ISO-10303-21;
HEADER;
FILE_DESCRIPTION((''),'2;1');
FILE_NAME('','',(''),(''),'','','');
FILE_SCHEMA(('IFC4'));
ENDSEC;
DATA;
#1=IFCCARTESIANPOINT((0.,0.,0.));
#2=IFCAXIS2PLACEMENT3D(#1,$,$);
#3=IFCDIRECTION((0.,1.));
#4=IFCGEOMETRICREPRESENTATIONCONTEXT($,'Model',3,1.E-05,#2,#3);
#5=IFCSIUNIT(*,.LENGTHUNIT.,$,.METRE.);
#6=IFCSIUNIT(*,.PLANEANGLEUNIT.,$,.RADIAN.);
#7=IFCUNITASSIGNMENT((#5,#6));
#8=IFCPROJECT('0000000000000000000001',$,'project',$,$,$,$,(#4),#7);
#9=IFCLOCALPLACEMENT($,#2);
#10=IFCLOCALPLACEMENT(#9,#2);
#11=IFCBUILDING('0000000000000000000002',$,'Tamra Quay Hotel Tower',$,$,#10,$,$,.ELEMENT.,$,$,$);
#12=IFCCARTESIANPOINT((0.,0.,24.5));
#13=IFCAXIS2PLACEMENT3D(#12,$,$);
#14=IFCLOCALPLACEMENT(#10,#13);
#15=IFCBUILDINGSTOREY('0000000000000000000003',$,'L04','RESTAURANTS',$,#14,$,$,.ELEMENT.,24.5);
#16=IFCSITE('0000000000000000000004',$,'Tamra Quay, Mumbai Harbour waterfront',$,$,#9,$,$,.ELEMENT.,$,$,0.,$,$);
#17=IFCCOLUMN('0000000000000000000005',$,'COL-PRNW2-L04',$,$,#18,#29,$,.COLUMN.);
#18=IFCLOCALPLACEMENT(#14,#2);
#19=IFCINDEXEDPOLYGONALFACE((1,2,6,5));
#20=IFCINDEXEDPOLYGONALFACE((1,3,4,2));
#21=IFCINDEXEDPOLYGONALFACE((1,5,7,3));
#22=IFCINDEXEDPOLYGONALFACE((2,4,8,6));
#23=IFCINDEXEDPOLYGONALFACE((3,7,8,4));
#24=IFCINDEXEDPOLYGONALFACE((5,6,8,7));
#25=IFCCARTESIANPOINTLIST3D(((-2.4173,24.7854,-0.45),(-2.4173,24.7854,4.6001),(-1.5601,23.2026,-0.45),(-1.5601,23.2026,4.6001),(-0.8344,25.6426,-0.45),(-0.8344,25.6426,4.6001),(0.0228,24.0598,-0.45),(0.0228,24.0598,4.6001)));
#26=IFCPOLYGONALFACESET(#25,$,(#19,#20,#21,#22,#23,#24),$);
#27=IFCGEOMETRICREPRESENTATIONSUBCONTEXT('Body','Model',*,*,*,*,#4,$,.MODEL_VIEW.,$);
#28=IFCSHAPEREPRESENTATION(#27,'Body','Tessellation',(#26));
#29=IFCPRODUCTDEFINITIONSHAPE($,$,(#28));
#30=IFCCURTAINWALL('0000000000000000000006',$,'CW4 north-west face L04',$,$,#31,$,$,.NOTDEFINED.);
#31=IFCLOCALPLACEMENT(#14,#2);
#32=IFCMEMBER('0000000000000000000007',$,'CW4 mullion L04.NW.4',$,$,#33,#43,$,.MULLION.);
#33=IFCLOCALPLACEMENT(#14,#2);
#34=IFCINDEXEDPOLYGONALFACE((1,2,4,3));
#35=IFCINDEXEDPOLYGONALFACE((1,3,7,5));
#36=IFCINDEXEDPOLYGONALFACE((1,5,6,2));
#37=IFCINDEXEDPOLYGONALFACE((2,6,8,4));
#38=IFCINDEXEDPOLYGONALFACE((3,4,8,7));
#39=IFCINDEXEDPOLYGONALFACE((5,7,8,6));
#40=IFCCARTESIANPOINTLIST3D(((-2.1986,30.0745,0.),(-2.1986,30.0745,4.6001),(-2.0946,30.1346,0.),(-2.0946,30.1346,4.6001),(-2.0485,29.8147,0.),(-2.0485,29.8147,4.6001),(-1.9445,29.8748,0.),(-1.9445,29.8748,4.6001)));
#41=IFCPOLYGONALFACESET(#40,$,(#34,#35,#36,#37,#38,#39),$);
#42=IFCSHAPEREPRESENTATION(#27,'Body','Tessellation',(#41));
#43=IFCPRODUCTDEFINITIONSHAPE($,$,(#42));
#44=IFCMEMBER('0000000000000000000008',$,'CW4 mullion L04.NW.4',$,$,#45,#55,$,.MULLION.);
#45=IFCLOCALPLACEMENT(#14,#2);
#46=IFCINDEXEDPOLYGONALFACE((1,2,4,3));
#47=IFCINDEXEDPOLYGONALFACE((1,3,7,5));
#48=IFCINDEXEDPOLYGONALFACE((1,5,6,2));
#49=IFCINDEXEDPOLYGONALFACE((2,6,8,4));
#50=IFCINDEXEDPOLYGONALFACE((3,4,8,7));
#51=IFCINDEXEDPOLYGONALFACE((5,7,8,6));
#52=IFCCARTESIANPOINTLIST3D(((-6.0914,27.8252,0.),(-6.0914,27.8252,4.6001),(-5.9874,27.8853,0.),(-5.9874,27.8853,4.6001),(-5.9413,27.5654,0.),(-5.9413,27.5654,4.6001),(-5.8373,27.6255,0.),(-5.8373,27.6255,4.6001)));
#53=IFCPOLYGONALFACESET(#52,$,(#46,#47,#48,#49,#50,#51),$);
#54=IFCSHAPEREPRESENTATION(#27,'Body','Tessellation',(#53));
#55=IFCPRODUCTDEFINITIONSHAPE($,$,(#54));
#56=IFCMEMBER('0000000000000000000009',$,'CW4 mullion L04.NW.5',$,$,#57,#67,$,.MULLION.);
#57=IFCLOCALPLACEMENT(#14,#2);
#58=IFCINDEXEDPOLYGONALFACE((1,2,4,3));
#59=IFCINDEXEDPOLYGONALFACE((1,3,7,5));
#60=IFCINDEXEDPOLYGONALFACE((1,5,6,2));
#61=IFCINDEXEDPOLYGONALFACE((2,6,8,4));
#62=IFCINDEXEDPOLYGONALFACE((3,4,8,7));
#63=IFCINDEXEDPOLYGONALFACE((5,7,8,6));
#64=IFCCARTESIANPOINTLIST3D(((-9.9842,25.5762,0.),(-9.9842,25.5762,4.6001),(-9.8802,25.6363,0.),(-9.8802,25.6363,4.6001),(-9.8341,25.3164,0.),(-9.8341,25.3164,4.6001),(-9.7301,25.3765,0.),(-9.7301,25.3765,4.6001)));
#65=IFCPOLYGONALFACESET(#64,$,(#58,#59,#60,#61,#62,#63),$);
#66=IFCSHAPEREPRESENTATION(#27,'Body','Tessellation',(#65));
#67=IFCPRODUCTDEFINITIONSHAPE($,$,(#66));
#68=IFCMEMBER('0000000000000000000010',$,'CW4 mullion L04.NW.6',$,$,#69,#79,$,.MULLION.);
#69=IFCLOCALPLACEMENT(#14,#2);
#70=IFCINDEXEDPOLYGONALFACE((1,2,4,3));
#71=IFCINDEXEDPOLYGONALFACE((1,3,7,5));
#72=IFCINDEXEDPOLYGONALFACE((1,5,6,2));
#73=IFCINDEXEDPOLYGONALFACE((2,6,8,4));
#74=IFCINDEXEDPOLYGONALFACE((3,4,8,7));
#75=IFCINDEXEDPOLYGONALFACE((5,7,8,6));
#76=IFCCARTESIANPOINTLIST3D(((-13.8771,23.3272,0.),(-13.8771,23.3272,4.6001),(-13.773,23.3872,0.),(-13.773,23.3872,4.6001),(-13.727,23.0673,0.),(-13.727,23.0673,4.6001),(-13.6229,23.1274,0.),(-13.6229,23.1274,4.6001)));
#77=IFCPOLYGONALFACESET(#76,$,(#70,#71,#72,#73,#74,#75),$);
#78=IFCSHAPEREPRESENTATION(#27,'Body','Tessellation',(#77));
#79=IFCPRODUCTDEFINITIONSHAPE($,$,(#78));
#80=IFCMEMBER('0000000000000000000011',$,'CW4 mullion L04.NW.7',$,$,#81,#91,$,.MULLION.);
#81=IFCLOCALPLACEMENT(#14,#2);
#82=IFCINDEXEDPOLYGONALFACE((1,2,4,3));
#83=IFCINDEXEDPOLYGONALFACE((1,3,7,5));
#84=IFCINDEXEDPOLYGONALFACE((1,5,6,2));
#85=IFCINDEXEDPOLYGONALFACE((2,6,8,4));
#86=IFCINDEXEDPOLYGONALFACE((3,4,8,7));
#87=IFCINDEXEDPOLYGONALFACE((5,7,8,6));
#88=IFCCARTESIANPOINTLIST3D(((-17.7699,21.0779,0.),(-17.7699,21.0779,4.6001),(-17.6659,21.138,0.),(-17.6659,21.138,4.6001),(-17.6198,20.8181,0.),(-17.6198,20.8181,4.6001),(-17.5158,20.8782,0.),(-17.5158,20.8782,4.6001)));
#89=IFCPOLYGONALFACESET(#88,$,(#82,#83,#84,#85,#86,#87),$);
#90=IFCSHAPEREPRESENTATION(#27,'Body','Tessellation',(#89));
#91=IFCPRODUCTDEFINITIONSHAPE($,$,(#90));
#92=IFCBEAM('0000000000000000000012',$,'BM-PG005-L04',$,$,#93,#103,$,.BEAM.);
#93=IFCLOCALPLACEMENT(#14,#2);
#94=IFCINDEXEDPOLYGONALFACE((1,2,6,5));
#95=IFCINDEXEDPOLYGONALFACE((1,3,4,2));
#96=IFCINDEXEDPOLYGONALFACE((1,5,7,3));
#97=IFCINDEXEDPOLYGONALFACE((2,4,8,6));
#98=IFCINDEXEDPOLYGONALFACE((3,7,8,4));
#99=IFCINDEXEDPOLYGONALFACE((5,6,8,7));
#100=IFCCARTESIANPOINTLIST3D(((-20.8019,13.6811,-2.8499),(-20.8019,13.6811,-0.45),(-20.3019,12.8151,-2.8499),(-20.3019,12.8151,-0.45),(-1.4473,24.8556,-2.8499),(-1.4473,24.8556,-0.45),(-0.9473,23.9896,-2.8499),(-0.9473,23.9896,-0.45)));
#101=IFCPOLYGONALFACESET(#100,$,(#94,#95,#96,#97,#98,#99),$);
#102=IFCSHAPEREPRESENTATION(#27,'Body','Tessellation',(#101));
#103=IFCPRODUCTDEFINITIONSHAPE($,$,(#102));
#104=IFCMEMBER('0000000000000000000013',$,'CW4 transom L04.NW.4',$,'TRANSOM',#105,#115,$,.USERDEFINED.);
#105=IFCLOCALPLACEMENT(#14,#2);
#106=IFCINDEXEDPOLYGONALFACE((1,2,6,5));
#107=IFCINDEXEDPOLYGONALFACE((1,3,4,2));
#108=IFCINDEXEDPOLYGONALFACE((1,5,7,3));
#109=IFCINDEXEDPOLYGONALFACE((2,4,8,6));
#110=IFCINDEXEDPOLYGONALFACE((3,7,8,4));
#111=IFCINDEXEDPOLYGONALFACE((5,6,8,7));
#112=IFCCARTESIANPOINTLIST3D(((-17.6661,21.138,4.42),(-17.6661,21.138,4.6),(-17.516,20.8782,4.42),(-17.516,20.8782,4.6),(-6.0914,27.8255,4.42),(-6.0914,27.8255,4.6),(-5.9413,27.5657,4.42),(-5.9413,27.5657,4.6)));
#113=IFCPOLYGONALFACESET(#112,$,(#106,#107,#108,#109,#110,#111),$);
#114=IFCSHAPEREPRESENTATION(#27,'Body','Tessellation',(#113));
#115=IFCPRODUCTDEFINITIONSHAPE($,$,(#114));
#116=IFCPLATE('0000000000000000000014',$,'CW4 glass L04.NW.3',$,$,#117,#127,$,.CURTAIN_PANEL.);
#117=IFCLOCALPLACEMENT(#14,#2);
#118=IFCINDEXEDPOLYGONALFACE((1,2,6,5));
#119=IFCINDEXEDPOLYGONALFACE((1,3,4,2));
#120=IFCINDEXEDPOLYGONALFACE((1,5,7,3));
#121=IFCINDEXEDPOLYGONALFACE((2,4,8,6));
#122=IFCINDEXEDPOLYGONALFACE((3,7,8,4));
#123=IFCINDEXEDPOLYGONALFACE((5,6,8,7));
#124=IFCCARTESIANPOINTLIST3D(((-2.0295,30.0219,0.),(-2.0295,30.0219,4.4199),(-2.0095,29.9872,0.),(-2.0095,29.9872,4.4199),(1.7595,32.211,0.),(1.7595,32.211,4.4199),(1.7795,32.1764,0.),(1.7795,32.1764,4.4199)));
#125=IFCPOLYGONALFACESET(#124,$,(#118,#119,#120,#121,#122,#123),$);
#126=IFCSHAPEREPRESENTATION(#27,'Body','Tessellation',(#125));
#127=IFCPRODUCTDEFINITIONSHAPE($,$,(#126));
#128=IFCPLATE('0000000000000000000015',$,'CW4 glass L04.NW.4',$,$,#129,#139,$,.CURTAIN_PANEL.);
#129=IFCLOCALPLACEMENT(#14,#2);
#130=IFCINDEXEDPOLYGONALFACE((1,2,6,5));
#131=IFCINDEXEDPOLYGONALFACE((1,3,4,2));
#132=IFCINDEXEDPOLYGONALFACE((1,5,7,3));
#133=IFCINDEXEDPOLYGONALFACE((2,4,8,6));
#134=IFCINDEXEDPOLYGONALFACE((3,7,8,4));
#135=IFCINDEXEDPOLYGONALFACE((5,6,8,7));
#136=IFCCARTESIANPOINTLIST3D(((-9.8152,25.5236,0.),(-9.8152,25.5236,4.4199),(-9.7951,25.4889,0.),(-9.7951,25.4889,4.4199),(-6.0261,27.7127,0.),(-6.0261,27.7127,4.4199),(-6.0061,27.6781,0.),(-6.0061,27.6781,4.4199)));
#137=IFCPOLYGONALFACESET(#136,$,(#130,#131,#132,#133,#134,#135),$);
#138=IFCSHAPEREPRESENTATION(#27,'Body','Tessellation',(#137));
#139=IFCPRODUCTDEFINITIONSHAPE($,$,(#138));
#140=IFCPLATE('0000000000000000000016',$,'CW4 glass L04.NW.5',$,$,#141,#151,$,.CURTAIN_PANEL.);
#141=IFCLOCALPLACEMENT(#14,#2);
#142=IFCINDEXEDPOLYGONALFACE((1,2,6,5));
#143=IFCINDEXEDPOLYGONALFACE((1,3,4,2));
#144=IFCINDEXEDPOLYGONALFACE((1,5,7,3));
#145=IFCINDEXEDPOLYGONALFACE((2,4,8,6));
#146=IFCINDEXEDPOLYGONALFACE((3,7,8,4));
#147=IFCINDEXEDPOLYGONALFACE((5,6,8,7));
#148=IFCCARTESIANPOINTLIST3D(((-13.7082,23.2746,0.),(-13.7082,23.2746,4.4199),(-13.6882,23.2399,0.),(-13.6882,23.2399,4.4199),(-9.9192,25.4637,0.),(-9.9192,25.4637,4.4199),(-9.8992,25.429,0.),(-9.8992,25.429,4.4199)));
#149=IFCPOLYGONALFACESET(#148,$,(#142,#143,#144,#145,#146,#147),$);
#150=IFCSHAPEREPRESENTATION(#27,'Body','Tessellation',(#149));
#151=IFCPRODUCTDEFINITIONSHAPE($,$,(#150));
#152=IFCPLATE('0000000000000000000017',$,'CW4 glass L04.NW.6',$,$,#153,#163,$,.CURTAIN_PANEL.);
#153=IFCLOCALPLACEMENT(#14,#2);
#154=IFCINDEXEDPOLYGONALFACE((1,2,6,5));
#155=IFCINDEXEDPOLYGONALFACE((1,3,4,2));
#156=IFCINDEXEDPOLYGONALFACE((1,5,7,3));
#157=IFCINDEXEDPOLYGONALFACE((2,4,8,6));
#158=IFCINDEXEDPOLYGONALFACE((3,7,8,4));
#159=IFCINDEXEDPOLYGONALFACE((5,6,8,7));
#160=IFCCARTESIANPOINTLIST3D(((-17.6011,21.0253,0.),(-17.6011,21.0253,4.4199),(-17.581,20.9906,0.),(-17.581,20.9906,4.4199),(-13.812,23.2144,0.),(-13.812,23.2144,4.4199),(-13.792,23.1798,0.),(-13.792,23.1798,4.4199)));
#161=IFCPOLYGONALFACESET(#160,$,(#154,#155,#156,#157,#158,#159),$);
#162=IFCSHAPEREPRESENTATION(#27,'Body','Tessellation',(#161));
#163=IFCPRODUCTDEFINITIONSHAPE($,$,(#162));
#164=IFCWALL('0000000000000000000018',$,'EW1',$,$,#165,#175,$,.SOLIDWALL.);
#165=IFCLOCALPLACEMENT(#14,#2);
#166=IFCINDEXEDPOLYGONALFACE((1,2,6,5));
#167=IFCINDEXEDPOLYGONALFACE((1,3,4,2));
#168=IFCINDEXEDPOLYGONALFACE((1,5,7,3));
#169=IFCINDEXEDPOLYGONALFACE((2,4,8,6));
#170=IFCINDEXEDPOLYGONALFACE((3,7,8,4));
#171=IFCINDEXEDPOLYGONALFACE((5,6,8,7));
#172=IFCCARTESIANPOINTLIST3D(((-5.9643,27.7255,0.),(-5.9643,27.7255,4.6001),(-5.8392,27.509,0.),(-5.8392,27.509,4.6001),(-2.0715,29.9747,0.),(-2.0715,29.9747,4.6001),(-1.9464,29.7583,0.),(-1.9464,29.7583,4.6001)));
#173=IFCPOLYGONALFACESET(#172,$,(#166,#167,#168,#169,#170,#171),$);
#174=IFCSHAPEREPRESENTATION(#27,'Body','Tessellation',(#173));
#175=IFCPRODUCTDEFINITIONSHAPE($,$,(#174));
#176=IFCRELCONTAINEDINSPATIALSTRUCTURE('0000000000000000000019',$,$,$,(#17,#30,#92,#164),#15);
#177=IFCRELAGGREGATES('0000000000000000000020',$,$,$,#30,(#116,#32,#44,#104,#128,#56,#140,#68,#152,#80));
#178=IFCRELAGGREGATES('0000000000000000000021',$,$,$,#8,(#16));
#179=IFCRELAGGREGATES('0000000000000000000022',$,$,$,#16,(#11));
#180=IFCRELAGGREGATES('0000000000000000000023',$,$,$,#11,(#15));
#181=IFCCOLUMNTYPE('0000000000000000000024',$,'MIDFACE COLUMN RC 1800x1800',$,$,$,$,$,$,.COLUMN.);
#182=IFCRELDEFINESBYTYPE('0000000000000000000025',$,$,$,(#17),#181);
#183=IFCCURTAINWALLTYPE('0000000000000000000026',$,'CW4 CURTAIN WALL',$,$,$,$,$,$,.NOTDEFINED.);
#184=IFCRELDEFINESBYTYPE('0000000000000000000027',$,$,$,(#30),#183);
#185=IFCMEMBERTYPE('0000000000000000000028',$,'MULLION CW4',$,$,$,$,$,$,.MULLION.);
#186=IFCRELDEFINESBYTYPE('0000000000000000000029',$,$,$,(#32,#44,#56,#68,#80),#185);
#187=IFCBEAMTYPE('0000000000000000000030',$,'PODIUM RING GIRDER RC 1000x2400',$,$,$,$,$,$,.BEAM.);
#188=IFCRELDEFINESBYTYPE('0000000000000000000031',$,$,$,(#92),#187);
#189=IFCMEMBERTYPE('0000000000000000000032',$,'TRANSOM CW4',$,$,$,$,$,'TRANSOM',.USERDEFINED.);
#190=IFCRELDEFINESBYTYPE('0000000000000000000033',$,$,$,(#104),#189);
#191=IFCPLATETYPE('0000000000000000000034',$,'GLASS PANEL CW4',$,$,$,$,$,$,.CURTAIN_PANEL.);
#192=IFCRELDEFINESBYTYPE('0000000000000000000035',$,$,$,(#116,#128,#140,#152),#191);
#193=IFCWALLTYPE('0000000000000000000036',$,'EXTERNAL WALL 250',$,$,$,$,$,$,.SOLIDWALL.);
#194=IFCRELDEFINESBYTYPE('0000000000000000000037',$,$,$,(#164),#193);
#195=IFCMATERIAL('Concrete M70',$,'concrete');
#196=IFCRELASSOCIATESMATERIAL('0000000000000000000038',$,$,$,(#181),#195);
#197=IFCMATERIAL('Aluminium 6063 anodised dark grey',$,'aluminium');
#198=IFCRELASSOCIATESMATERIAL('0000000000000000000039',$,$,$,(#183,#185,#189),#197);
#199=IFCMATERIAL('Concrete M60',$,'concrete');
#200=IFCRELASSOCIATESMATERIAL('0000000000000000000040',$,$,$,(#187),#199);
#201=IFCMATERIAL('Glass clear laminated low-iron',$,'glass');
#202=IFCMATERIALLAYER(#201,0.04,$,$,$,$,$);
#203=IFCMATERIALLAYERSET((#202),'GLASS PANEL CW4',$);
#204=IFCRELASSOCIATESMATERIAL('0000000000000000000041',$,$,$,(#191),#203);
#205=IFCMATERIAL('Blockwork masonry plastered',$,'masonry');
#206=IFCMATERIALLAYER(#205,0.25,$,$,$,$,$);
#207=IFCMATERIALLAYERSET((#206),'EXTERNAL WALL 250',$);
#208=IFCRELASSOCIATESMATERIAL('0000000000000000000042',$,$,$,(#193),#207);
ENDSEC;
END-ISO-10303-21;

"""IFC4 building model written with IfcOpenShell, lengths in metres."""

from ifc_helpers import new_model, si_unit, direction, frame, frame_2d, origin, origin_2d, place, context, subcontext, project, spatial, rectangle, extrude, material, layer, layer_set, material_profile, profile_set, type_object, element, aggregate, save


model = new_model("IFC4")

# Units and contexts
model_context = context("Model", 3, precision=1e-05, world=origin(), true_north=direction((0.0, 1.0)))
body_context = subcontext(model_context, "Body", "Model", "MODEL_VIEW")
ifc_project = project(units=[si_unit("LENGTHUNIT", "METRE"), si_unit("PLANEANGLEUNIT", "RADIAN")], contexts=[model_context])

# Site, building, storey
site_placement = place(None, origin())
site = spatial("IfcSite", under=ifc_project, at=site_placement, Name="Tamra Quay, Mumbai Harbour waterfront", CompositionType="ELEMENT", RefElevation=0.0)
building_placement = place(site_placement, origin())
building = spatial("IfcBuilding", under=site, at=building_placement, Name="Tamra Quay Hotel Tower", CompositionType="ELEMENT")
storey_placement = place(building_placement, frame((0.0, 0.0, 24.5)))
storey = spatial("IfcBuildingStorey", under=building, at=storey_placement, Name="L04", Description="RESTAURANTS", CompositionType="ELEMENT", Elevation=24.5)

# Column
ifc_material_1 = material(Name="Concrete M70", Category="concrete")
ifc_material_profile_1 = material_profile(ifc_material_1, rectangle(XDim=1.8, YDim=1.8, at=origin_2d()), Name="MIDFACE COLUMN RC 1800x1800")
ifc_profile_set_1 = profile_set([ifc_material_profile_1], Name="Concrete M70")
column_type = type_object("IfcColumnType", Name="MIDFACE COLUMN RC 1800x1800", PredefinedType="COLUMN", material=ifc_profile_set_1)
column_placement = place(storey_placement, frame((-1.1973, 24.4226, -0.45), z_axis=(0.0, 0.0, 1.0), x_axis=(-0.476198, 0.879338, 0.0)))
element("IfcColumn", 1, at=column_placement, inside=storey, type_object=column_type, Name="COL-PRNW2-L04", PredefinedType="COLUMN", context=body_context, shape_type="SweptSolid", body=[
    extrude(rectangle(XDim=1.8, YDim=1.8, at=origin_2d()), origin(), (0.0, 0.0, 1.0), 5.05),
])

# Curtain wall, members
ifc_material_2 = material(Name="Aluminium 6063 anodised dark grey", Category="aluminium")
curtain_wall_type = type_object("IfcCurtainWallType", Name="CW4 CURTAIN WALL", PredefinedType="NOTDEFINED", material=ifc_material_2)
curtain_wall_placement = place(storey_placement, origin())
curtain_wall = element("IfcCurtainWall", 2, at=curtain_wall_placement, inside=storey, type_object=curtain_wall_type, Name="CW4 north-west face L04", PredefinedType="NOTDEFINED")
ifc_material_profile_2 = material_profile(ifc_material_2, rectangle(XDim=0.3, YDim=0.1201, at=origin_2d()), Name="MULLION 120X300")
ifc_profile_set_2 = profile_set([ifc_material_profile_2], Name="Aluminium 6063 anodised dark grey")
member_type_1 = type_object("IfcMemberType", Name="MULLION CW4", PredefinedType="MULLION", material=ifc_profile_set_2)
member_1_placement = place(storey_placement, frame((-2.0715, 29.9746, 0.0), z_axis=(0.0, 0.0, 1.0), x_axis=(-0.500265, 0.865872, 0.0)))
member_1 = element("IfcMember", 3, at=member_1_placement, type_object=member_type_1, Name="CW4 mullion L04.NW.4", PredefinedType="MULLION", context=body_context, shape_type="SweptSolid", body=[
    extrude(rectangle(XDim=0.3, YDim=0.1201, at=origin_2d()), origin(), (0.0, 0.0, 1.0), 4.6001),
])
member_2_placement = place(storey_placement, frame((-5.9644, 27.7253, 0.0), z_axis=(0.0, 0.0, 1.0), x_axis=(-0.500265, 0.865872, 0.0)))
member_2 = element("IfcMember", 4, at=member_2_placement, type_object=member_type_1, Name="CW4 mullion L04.NW.4", PredefinedType="MULLION", context=body_context, shape_type="SweptSolid", body=[
    extrude(rectangle(XDim=0.3, YDim=0.1201, at=origin_2d()), origin(), (0.0, 0.0, 1.0), 4.6001),
])
member_3_placement = place(storey_placement, frame((-9.8572, 25.4763, 0.0), z_axis=(0.0, 0.0, 1.0), x_axis=(-0.500265, 0.865872, 0.0)))
member_3 = element("IfcMember", 5, at=member_3_placement, type_object=member_type_1, Name="CW4 mullion L04.NW.5", PredefinedType="MULLION", context=body_context, shape_type="SweptSolid", body=[
    extrude(rectangle(XDim=0.3, YDim=0.1201, at=origin_2d()), origin(), (0.0, 0.0, 1.0), 4.6001),
])
member_4_placement = place(storey_placement, frame((-13.75, 23.2273, 0.0), z_axis=(0.0, 0.0, 1.0), x_axis=(-0.500265, 0.865872, 0.0)))
member_4 = element("IfcMember", 6, at=member_4_placement, type_object=member_type_1, Name="CW4 mullion L04.NW.6", PredefinedType="MULLION", context=body_context, shape_type="SweptSolid", body=[
    extrude(rectangle(XDim=0.3, YDim=0.1201, at=origin_2d()), origin(), (0.0, 0.0, 1.0), 4.6001),
])
member_5_placement = place(storey_placement, frame((-17.6428, 20.978, 0.0), z_axis=(0.0, 0.0, 1.0), x_axis=(-0.500265, 0.865872, 0.0)))
member_5 = element("IfcMember", 7, at=member_5_placement, type_object=member_type_1, Name="CW4 mullion L04.NW.7", PredefinedType="MULLION", context=body_context, shape_type="SweptSolid", body=[
    extrude(rectangle(XDim=0.3, YDim=0.1201, at=origin_2d()), origin(), (0.0, 0.0, 1.0), 4.6001),
])

# Beam
ifc_material_3 = material(Name="Concrete M60", Category="concrete")
ifc_material_profile_3 = material_profile(ifc_material_3, rectangle(XDim=1.0, YDim=2.3999, at=origin_2d()), Name="PODIUM RING GIRDER RC 1000x2400")
ifc_profile_set_3 = profile_set([ifc_material_profile_3], Name="Concrete M60")
beam_type = type_object("IfcBeamType", Name="PODIUM RING GIRDER RC 1000x2400", PredefinedType="BEAM", material=ifc_profile_set_3)
beam_placement = place(storey_placement, frame((-1.1973, 24.4226, -1.6499), z_axis=(-0.866023, -0.500003, 0.0), x_axis=(0.500003, -0.866023, 0.0)))
element("IfcBeam", 8, at=beam_placement, inside=storey, type_object=beam_type, Name="BM-PG005-L04", PredefinedType="BEAM", context=body_context, shape_type="SweptSolid", body=[
    extrude(rectangle(XDim=1.0, YDim=2.3999, at=origin_2d()), origin(), (0.0, 0.0, 1.0), 22.3489),
])

# Member
ifc_material_profile_4 = material_profile(ifc_material_2, rectangle(XDim=0.3, YDim=0.1799, at=origin_2d()), Name="TRANSOM 300X180")
ifc_profile_set_4 = profile_set([ifc_material_profile_4], Name="Aluminium 6063 anodised dark grey")
member_type_2 = type_object("IfcMemberType", Name="TRANSOM CW4", ElementType="TRANSOM", PredefinedType="USERDEFINED", material=ifc_profile_set_4)
member_6_placement = place(storey_placement, frame((-6.0164, 27.6956, 4.51), z_axis=(-0.865869, -0.500272, 0.0), x_axis=(0.500272, -0.865869, 0.0)))
member_6 = element("IfcMember", 9, at=member_6_placement, type_object=member_type_2, Name="CW4 transom L04.NW.4", ObjectType="TRANSOM", PredefinedType="USERDEFINED", context=body_context, shape_type="SweptSolid", body=[
    extrude(rectangle(XDim=0.3, YDim=0.1799, at=origin_2d()), origin(), (0.0, 0.0, 1.0), 13.3677),
])

# Plates
ifc_material_4 = material(Name="Glass clear laminated low-iron", Category="glass")
ifc_layer_1 = layer(ifc_material_4, 0.04)
ifc_layer_set_1 = layer_set([ifc_layer_1], Name="GLASS PANEL CW4")
plate_type = type_object("IfcPlateType", Name="GLASS PANEL CW4", PredefinedType="CURTAIN_PANEL", material=ifc_layer_set_1)
plate_1_placement = place(storey_placement, frame((-0.125, 31.0991, 0.0), z_axis=(0.0, 0.0, 1.0), x_axis=(-0.865872, -0.500265, 0.0)))
plate_1 = element("IfcPlate", 10, at=plate_1_placement, type_object=plate_type, Name="CW4 glass L04.NW.3", PredefinedType="CURTAIN_PANEL", context=body_context, shape_type="SweptSolid", body=[
    extrude(rectangle(XDim=4.376, YDim=0.04, at=origin_2d()), origin(), (0.0, 0.0, 1.0), 4.4199),
])
plate_2_placement = place(storey_placement, frame((-7.9106, 26.6008, 0.0), z_axis=(0.0, 0.0, 1.0), x_axis=(-0.865872, -0.500265, 0.0)))
plate_2 = element("IfcPlate", 11, at=plate_2_placement, type_object=plate_type, Name="CW4 glass L04.NW.4", PredefinedType="CURTAIN_PANEL", context=body_context, shape_type="SweptSolid", body=[
    extrude(rectangle(XDim=4.376, YDim=0.04, at=origin_2d()), origin(), (0.0, 0.0, 1.0), 4.4199),
])
plate_3_placement = place(storey_placement, frame((-11.8037, 24.3518, 0.0), z_axis=(0.0, 0.0, 1.0), x_axis=(-0.865872, -0.500265, 0.0)))
plate_3 = element("IfcPlate", 12, at=plate_3_placement, type_object=plate_type, Name="CW4 glass L04.NW.5", PredefinedType="CURTAIN_PANEL", context=body_context, shape_type="SweptSolid", body=[
    extrude(rectangle(XDim=4.376, YDim=0.04, at=origin_2d()), origin(), (0.0, 0.0, 1.0), 4.4199),
])
plate_4_placement = place(storey_placement, frame((-15.6965, 22.1025, 0.0), z_axis=(0.0, 0.0, 1.0), x_axis=(-0.865872, -0.500265, 0.0)))
plate_4 = element("IfcPlate", 13, at=plate_4_placement, type_object=plate_type, Name="CW4 glass L04.NW.6", PredefinedType="CURTAIN_PANEL", context=body_context, shape_type="SweptSolid", body=[
    extrude(rectangle(XDim=4.376, YDim=0.04, at=origin_2d()), origin(), (0.0, 0.0, 1.0), 4.4199),
])
aggregate(curtain_wall, [plate_1, member_1, member_2, member_6, plate_2, member_3, plate_3, member_4, plate_4, member_5])

# Wall
ifc_material_5 = material(Name="Blockwork masonry plastered", Category="masonry")
ifc_layer_2 = layer(ifc_material_5, 0.25)
ifc_layer_set_2 = layer_set([ifc_layer_2], Name="EXTERNAL WALL 250")
wall_type_1 = type_object("IfcWallType", Name="EXTERNAL WALL 250", PredefinedType="SOLIDWALL", material=ifc_layer_set_2)
wall_1_placement = place(storey_placement, frame((-5.9019, 27.6172, 0.0), z_axis=(0.0, 0.0, 1.0), x_axis=(0.865857, 0.500291, 0.0)))
element("IfcWall", 14, at=wall_1_placement, inside=storey, type_object=wall_type_1, Name="EW1", PredefinedType="SOLIDWALL", context=body_context, shape_type="SweptSolid", body=[
    extrude(rectangle(XDim=4.4958, YDim=0.25, at=frame_2d((2.248, 0.0))), origin(), (0.0, 0.0, 1.0), 4.6001),
])

save(model, "model.ifc")
